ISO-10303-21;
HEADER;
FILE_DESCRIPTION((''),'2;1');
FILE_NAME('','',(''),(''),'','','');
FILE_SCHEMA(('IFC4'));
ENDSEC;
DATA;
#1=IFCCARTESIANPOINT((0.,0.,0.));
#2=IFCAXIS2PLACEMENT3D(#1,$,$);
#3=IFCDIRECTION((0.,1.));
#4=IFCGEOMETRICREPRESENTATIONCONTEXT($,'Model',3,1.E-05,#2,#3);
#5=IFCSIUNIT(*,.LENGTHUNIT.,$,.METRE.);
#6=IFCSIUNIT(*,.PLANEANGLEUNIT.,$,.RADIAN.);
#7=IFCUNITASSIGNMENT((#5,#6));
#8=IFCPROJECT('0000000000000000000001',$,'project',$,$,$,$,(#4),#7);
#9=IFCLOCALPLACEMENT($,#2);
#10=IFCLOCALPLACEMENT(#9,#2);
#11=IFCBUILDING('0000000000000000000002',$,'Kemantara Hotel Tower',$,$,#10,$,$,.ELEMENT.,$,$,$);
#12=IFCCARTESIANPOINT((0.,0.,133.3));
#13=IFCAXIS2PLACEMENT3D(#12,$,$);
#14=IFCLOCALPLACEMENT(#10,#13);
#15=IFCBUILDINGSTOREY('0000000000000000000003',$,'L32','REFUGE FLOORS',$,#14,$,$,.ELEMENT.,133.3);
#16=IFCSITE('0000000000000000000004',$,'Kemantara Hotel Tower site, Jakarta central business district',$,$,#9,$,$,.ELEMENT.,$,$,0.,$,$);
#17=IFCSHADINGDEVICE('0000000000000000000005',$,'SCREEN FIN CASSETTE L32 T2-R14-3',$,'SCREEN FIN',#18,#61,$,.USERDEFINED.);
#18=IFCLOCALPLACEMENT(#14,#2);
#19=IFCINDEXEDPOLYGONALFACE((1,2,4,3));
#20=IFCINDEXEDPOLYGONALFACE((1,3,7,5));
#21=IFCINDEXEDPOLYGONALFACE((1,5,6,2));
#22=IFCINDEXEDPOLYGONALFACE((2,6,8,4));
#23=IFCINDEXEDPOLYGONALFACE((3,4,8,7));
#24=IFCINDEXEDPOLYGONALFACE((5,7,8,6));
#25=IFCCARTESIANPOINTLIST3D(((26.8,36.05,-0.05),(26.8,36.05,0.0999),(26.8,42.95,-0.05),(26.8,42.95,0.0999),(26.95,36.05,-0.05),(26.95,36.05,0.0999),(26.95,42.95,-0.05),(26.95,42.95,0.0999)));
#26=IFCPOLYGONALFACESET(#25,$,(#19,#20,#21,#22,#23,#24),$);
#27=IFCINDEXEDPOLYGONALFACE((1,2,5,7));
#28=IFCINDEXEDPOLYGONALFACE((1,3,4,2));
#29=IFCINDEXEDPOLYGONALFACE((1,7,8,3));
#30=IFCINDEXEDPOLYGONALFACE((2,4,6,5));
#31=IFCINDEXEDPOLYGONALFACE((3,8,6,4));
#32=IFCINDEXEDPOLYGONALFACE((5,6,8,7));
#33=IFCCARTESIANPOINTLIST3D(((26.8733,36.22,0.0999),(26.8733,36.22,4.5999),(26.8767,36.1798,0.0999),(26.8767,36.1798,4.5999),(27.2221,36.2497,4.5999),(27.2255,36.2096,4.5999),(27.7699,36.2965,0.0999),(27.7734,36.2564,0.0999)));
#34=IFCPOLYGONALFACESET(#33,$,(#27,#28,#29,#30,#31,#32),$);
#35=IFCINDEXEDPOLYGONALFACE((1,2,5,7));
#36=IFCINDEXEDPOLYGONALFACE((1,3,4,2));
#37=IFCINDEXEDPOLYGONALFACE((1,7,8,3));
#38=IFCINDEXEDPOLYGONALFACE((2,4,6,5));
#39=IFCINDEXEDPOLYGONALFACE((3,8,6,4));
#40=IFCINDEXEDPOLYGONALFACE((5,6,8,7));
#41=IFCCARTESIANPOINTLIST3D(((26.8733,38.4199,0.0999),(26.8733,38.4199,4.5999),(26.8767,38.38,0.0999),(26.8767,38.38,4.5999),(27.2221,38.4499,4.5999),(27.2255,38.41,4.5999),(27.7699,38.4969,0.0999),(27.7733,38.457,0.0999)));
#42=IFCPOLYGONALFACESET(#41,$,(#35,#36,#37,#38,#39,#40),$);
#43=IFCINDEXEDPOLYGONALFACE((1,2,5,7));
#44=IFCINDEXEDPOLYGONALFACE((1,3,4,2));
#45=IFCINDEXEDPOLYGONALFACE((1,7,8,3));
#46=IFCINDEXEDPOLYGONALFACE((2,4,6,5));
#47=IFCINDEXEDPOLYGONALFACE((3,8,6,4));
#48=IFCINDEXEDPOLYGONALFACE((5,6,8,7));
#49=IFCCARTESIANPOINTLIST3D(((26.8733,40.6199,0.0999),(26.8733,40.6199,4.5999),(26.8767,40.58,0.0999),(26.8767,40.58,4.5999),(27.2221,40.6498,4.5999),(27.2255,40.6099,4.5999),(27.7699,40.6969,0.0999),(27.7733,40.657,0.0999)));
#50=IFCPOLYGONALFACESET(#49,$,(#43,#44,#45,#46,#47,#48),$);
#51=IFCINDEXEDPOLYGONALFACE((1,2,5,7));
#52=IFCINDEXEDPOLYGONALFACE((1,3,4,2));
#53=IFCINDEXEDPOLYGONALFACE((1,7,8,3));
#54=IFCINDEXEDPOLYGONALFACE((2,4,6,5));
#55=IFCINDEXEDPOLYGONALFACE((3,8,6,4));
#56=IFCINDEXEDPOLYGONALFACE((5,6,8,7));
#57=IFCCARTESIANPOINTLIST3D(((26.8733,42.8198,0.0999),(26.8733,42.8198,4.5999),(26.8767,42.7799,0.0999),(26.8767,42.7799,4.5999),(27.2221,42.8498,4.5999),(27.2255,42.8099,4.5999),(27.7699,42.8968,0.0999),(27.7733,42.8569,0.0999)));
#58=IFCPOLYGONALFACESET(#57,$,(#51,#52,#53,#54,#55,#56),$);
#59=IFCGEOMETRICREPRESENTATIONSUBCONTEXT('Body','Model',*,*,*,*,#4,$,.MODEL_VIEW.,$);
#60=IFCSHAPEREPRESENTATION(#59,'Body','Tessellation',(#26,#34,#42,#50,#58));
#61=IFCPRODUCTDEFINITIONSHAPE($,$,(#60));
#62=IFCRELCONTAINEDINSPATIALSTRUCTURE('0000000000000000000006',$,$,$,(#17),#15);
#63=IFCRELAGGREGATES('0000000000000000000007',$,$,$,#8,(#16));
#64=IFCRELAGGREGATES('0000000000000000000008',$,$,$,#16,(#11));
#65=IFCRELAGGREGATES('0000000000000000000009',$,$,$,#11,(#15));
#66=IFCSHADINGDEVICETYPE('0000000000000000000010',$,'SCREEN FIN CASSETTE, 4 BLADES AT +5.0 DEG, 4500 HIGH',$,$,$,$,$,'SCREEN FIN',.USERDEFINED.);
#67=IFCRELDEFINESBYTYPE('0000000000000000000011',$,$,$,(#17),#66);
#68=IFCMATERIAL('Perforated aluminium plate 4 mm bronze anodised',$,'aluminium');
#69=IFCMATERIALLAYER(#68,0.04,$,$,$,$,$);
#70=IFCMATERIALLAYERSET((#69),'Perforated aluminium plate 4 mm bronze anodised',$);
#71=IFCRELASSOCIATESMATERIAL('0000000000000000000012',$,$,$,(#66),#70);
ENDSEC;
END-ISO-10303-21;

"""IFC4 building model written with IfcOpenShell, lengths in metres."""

from ifc_helpers import new_model, si_unit, direction, frame, origin, origin_2d, place, context, subcontext, project, spatial, polyline, rectangle, outline, extrude, source, transform, mapped, material, layer, layer_set, type_object, element, save


model = new_model("IFC4")

# Units and contexts
model_context = context("Model", 3, precision=1e-05, world=origin(), true_north=direction((0.0, 1.0)))
body_context = subcontext(model_context, "Body", "Model", "MODEL_VIEW")
ifc_project = project(units=[si_unit("LENGTHUNIT", "METRE"), si_unit("PLANEANGLEUNIT", "RADIAN")], contexts=[model_context])

# Site, building, storey
site_placement = place(None, origin())
site = spatial("IfcSite", under=ifc_project, at=site_placement, Name="Kemantara Hotel Tower site, Jakarta central business district", CompositionType="ELEMENT", RefElevation=0.0)
building_placement = place(site_placement, origin())
building = spatial("IfcBuilding", under=site, at=building_placement, Name="Kemantara Hotel Tower", CompositionType="ELEMENT")
storey_placement = place(building_placement, frame((0.0, 0.0, 133.3)))
storey = spatial("IfcBuildingStorey", under=building, at=storey_placement, Name="L32", Description="REFUGE FLOORS", CompositionType="ELEMENT", Elevation=133.3)

# Shading device
ifc_material_1 = material(Name="Perforated aluminium plate 4 mm bronze anodised", Category="aluminium")
ifc_layer_1 = layer(ifc_material_1, 0.04)
ifc_layer_set_1 = layer_set([ifc_layer_1], Name="Perforated aluminium plate 4 mm bronze anodised")
shading_device_type_1 = type_object("IfcShadingDeviceType", Name="SCREEN FIN CASSETTE, 4 BLADES AT +5.0 DEG, 4500 HIGH", ElementType="SCREEN FIN", PredefinedType="USERDEFINED", material=ifc_layer_set_1)
shared_shape_1 = source(origin(), body_context, "Body", "SweptSolid", [
    extrude(rectangle(XDim=6.8999, YDim=0.1499, at=origin_2d()), frame((3.3, -0.075, -0.1499), z_axis=(0.0, 0.0, 1.0), x_axis=(1.0, 0.0, 0.0)), (0.0, 0.0, 1.0), 0.1499),
    extrude(outline(polyline([(0.0, 0.0), (0.8999, 0.0), (0.3501, 4.5), (0.0, 4.5), (0.0, 0.0)])), frame((0.02, -0.0732, 0.0), z_axis=(-0.996376, -0.085056, 0.0), x_axis=(0.085056, -0.996376, 0.0)), (0.0, 0.0, 1.0), 0.0403),
    extrude(outline(polyline([(0.0, 0.0), (0.8999, 0.0), (0.3501, 4.5), (0.0, 4.5), (0.0, 0.0)])), frame((2.22, -0.0732, 0.0), z_axis=(-0.996332, -0.085575, 0.0), x_axis=(0.085575, -0.996332, 0.0)), (0.0, 0.0, 1.0), 0.04),
    extrude(outline(polyline([(0.0, 0.0), (0.8999, 0.0), (0.3501, 4.5), (0.0, 4.5), (0.0, 0.0)])), frame((4.4199, -0.0732, 0.0), z_axis=(-0.996332, -0.085575, 0.0), x_axis=(0.085575, -0.996332, 0.0)), (0.0, 0.0, 1.0), 0.04),
    extrude(outline(polyline([(0.0, 0.0), (0.8999, 0.0), (0.3501, 4.5), (0.0, 4.5), (0.0, 0.0)])), frame((6.6199, -0.0732, 0.0), z_axis=(-0.996332, -0.085575, 0.0), x_axis=(0.085575, -0.996332, 0.0)), (0.0, 0.0, 1.0), 0.04),
])
shading_device_1_placement = place(storey_placement, frame((26.8, 36.2, 0.0999), z_axis=(0.0, 0.0, 1.0), x_axis=(0.0, 1.0, 0.0)))
element("IfcShadingDevice", 1, at=shading_device_1_placement, inside=storey, type_object=shading_device_type_1, Name="SCREEN FIN CASSETTE L32 T2-R14-3", ObjectType="SCREEN FIN", PredefinedType="USERDEFINED", context=body_context, shape_type="MappedRepresentation", body=[
    mapped(shared_shape_1, transform((0.0, 0.0, 0.0))),
])

save(model, "model.ifc")
